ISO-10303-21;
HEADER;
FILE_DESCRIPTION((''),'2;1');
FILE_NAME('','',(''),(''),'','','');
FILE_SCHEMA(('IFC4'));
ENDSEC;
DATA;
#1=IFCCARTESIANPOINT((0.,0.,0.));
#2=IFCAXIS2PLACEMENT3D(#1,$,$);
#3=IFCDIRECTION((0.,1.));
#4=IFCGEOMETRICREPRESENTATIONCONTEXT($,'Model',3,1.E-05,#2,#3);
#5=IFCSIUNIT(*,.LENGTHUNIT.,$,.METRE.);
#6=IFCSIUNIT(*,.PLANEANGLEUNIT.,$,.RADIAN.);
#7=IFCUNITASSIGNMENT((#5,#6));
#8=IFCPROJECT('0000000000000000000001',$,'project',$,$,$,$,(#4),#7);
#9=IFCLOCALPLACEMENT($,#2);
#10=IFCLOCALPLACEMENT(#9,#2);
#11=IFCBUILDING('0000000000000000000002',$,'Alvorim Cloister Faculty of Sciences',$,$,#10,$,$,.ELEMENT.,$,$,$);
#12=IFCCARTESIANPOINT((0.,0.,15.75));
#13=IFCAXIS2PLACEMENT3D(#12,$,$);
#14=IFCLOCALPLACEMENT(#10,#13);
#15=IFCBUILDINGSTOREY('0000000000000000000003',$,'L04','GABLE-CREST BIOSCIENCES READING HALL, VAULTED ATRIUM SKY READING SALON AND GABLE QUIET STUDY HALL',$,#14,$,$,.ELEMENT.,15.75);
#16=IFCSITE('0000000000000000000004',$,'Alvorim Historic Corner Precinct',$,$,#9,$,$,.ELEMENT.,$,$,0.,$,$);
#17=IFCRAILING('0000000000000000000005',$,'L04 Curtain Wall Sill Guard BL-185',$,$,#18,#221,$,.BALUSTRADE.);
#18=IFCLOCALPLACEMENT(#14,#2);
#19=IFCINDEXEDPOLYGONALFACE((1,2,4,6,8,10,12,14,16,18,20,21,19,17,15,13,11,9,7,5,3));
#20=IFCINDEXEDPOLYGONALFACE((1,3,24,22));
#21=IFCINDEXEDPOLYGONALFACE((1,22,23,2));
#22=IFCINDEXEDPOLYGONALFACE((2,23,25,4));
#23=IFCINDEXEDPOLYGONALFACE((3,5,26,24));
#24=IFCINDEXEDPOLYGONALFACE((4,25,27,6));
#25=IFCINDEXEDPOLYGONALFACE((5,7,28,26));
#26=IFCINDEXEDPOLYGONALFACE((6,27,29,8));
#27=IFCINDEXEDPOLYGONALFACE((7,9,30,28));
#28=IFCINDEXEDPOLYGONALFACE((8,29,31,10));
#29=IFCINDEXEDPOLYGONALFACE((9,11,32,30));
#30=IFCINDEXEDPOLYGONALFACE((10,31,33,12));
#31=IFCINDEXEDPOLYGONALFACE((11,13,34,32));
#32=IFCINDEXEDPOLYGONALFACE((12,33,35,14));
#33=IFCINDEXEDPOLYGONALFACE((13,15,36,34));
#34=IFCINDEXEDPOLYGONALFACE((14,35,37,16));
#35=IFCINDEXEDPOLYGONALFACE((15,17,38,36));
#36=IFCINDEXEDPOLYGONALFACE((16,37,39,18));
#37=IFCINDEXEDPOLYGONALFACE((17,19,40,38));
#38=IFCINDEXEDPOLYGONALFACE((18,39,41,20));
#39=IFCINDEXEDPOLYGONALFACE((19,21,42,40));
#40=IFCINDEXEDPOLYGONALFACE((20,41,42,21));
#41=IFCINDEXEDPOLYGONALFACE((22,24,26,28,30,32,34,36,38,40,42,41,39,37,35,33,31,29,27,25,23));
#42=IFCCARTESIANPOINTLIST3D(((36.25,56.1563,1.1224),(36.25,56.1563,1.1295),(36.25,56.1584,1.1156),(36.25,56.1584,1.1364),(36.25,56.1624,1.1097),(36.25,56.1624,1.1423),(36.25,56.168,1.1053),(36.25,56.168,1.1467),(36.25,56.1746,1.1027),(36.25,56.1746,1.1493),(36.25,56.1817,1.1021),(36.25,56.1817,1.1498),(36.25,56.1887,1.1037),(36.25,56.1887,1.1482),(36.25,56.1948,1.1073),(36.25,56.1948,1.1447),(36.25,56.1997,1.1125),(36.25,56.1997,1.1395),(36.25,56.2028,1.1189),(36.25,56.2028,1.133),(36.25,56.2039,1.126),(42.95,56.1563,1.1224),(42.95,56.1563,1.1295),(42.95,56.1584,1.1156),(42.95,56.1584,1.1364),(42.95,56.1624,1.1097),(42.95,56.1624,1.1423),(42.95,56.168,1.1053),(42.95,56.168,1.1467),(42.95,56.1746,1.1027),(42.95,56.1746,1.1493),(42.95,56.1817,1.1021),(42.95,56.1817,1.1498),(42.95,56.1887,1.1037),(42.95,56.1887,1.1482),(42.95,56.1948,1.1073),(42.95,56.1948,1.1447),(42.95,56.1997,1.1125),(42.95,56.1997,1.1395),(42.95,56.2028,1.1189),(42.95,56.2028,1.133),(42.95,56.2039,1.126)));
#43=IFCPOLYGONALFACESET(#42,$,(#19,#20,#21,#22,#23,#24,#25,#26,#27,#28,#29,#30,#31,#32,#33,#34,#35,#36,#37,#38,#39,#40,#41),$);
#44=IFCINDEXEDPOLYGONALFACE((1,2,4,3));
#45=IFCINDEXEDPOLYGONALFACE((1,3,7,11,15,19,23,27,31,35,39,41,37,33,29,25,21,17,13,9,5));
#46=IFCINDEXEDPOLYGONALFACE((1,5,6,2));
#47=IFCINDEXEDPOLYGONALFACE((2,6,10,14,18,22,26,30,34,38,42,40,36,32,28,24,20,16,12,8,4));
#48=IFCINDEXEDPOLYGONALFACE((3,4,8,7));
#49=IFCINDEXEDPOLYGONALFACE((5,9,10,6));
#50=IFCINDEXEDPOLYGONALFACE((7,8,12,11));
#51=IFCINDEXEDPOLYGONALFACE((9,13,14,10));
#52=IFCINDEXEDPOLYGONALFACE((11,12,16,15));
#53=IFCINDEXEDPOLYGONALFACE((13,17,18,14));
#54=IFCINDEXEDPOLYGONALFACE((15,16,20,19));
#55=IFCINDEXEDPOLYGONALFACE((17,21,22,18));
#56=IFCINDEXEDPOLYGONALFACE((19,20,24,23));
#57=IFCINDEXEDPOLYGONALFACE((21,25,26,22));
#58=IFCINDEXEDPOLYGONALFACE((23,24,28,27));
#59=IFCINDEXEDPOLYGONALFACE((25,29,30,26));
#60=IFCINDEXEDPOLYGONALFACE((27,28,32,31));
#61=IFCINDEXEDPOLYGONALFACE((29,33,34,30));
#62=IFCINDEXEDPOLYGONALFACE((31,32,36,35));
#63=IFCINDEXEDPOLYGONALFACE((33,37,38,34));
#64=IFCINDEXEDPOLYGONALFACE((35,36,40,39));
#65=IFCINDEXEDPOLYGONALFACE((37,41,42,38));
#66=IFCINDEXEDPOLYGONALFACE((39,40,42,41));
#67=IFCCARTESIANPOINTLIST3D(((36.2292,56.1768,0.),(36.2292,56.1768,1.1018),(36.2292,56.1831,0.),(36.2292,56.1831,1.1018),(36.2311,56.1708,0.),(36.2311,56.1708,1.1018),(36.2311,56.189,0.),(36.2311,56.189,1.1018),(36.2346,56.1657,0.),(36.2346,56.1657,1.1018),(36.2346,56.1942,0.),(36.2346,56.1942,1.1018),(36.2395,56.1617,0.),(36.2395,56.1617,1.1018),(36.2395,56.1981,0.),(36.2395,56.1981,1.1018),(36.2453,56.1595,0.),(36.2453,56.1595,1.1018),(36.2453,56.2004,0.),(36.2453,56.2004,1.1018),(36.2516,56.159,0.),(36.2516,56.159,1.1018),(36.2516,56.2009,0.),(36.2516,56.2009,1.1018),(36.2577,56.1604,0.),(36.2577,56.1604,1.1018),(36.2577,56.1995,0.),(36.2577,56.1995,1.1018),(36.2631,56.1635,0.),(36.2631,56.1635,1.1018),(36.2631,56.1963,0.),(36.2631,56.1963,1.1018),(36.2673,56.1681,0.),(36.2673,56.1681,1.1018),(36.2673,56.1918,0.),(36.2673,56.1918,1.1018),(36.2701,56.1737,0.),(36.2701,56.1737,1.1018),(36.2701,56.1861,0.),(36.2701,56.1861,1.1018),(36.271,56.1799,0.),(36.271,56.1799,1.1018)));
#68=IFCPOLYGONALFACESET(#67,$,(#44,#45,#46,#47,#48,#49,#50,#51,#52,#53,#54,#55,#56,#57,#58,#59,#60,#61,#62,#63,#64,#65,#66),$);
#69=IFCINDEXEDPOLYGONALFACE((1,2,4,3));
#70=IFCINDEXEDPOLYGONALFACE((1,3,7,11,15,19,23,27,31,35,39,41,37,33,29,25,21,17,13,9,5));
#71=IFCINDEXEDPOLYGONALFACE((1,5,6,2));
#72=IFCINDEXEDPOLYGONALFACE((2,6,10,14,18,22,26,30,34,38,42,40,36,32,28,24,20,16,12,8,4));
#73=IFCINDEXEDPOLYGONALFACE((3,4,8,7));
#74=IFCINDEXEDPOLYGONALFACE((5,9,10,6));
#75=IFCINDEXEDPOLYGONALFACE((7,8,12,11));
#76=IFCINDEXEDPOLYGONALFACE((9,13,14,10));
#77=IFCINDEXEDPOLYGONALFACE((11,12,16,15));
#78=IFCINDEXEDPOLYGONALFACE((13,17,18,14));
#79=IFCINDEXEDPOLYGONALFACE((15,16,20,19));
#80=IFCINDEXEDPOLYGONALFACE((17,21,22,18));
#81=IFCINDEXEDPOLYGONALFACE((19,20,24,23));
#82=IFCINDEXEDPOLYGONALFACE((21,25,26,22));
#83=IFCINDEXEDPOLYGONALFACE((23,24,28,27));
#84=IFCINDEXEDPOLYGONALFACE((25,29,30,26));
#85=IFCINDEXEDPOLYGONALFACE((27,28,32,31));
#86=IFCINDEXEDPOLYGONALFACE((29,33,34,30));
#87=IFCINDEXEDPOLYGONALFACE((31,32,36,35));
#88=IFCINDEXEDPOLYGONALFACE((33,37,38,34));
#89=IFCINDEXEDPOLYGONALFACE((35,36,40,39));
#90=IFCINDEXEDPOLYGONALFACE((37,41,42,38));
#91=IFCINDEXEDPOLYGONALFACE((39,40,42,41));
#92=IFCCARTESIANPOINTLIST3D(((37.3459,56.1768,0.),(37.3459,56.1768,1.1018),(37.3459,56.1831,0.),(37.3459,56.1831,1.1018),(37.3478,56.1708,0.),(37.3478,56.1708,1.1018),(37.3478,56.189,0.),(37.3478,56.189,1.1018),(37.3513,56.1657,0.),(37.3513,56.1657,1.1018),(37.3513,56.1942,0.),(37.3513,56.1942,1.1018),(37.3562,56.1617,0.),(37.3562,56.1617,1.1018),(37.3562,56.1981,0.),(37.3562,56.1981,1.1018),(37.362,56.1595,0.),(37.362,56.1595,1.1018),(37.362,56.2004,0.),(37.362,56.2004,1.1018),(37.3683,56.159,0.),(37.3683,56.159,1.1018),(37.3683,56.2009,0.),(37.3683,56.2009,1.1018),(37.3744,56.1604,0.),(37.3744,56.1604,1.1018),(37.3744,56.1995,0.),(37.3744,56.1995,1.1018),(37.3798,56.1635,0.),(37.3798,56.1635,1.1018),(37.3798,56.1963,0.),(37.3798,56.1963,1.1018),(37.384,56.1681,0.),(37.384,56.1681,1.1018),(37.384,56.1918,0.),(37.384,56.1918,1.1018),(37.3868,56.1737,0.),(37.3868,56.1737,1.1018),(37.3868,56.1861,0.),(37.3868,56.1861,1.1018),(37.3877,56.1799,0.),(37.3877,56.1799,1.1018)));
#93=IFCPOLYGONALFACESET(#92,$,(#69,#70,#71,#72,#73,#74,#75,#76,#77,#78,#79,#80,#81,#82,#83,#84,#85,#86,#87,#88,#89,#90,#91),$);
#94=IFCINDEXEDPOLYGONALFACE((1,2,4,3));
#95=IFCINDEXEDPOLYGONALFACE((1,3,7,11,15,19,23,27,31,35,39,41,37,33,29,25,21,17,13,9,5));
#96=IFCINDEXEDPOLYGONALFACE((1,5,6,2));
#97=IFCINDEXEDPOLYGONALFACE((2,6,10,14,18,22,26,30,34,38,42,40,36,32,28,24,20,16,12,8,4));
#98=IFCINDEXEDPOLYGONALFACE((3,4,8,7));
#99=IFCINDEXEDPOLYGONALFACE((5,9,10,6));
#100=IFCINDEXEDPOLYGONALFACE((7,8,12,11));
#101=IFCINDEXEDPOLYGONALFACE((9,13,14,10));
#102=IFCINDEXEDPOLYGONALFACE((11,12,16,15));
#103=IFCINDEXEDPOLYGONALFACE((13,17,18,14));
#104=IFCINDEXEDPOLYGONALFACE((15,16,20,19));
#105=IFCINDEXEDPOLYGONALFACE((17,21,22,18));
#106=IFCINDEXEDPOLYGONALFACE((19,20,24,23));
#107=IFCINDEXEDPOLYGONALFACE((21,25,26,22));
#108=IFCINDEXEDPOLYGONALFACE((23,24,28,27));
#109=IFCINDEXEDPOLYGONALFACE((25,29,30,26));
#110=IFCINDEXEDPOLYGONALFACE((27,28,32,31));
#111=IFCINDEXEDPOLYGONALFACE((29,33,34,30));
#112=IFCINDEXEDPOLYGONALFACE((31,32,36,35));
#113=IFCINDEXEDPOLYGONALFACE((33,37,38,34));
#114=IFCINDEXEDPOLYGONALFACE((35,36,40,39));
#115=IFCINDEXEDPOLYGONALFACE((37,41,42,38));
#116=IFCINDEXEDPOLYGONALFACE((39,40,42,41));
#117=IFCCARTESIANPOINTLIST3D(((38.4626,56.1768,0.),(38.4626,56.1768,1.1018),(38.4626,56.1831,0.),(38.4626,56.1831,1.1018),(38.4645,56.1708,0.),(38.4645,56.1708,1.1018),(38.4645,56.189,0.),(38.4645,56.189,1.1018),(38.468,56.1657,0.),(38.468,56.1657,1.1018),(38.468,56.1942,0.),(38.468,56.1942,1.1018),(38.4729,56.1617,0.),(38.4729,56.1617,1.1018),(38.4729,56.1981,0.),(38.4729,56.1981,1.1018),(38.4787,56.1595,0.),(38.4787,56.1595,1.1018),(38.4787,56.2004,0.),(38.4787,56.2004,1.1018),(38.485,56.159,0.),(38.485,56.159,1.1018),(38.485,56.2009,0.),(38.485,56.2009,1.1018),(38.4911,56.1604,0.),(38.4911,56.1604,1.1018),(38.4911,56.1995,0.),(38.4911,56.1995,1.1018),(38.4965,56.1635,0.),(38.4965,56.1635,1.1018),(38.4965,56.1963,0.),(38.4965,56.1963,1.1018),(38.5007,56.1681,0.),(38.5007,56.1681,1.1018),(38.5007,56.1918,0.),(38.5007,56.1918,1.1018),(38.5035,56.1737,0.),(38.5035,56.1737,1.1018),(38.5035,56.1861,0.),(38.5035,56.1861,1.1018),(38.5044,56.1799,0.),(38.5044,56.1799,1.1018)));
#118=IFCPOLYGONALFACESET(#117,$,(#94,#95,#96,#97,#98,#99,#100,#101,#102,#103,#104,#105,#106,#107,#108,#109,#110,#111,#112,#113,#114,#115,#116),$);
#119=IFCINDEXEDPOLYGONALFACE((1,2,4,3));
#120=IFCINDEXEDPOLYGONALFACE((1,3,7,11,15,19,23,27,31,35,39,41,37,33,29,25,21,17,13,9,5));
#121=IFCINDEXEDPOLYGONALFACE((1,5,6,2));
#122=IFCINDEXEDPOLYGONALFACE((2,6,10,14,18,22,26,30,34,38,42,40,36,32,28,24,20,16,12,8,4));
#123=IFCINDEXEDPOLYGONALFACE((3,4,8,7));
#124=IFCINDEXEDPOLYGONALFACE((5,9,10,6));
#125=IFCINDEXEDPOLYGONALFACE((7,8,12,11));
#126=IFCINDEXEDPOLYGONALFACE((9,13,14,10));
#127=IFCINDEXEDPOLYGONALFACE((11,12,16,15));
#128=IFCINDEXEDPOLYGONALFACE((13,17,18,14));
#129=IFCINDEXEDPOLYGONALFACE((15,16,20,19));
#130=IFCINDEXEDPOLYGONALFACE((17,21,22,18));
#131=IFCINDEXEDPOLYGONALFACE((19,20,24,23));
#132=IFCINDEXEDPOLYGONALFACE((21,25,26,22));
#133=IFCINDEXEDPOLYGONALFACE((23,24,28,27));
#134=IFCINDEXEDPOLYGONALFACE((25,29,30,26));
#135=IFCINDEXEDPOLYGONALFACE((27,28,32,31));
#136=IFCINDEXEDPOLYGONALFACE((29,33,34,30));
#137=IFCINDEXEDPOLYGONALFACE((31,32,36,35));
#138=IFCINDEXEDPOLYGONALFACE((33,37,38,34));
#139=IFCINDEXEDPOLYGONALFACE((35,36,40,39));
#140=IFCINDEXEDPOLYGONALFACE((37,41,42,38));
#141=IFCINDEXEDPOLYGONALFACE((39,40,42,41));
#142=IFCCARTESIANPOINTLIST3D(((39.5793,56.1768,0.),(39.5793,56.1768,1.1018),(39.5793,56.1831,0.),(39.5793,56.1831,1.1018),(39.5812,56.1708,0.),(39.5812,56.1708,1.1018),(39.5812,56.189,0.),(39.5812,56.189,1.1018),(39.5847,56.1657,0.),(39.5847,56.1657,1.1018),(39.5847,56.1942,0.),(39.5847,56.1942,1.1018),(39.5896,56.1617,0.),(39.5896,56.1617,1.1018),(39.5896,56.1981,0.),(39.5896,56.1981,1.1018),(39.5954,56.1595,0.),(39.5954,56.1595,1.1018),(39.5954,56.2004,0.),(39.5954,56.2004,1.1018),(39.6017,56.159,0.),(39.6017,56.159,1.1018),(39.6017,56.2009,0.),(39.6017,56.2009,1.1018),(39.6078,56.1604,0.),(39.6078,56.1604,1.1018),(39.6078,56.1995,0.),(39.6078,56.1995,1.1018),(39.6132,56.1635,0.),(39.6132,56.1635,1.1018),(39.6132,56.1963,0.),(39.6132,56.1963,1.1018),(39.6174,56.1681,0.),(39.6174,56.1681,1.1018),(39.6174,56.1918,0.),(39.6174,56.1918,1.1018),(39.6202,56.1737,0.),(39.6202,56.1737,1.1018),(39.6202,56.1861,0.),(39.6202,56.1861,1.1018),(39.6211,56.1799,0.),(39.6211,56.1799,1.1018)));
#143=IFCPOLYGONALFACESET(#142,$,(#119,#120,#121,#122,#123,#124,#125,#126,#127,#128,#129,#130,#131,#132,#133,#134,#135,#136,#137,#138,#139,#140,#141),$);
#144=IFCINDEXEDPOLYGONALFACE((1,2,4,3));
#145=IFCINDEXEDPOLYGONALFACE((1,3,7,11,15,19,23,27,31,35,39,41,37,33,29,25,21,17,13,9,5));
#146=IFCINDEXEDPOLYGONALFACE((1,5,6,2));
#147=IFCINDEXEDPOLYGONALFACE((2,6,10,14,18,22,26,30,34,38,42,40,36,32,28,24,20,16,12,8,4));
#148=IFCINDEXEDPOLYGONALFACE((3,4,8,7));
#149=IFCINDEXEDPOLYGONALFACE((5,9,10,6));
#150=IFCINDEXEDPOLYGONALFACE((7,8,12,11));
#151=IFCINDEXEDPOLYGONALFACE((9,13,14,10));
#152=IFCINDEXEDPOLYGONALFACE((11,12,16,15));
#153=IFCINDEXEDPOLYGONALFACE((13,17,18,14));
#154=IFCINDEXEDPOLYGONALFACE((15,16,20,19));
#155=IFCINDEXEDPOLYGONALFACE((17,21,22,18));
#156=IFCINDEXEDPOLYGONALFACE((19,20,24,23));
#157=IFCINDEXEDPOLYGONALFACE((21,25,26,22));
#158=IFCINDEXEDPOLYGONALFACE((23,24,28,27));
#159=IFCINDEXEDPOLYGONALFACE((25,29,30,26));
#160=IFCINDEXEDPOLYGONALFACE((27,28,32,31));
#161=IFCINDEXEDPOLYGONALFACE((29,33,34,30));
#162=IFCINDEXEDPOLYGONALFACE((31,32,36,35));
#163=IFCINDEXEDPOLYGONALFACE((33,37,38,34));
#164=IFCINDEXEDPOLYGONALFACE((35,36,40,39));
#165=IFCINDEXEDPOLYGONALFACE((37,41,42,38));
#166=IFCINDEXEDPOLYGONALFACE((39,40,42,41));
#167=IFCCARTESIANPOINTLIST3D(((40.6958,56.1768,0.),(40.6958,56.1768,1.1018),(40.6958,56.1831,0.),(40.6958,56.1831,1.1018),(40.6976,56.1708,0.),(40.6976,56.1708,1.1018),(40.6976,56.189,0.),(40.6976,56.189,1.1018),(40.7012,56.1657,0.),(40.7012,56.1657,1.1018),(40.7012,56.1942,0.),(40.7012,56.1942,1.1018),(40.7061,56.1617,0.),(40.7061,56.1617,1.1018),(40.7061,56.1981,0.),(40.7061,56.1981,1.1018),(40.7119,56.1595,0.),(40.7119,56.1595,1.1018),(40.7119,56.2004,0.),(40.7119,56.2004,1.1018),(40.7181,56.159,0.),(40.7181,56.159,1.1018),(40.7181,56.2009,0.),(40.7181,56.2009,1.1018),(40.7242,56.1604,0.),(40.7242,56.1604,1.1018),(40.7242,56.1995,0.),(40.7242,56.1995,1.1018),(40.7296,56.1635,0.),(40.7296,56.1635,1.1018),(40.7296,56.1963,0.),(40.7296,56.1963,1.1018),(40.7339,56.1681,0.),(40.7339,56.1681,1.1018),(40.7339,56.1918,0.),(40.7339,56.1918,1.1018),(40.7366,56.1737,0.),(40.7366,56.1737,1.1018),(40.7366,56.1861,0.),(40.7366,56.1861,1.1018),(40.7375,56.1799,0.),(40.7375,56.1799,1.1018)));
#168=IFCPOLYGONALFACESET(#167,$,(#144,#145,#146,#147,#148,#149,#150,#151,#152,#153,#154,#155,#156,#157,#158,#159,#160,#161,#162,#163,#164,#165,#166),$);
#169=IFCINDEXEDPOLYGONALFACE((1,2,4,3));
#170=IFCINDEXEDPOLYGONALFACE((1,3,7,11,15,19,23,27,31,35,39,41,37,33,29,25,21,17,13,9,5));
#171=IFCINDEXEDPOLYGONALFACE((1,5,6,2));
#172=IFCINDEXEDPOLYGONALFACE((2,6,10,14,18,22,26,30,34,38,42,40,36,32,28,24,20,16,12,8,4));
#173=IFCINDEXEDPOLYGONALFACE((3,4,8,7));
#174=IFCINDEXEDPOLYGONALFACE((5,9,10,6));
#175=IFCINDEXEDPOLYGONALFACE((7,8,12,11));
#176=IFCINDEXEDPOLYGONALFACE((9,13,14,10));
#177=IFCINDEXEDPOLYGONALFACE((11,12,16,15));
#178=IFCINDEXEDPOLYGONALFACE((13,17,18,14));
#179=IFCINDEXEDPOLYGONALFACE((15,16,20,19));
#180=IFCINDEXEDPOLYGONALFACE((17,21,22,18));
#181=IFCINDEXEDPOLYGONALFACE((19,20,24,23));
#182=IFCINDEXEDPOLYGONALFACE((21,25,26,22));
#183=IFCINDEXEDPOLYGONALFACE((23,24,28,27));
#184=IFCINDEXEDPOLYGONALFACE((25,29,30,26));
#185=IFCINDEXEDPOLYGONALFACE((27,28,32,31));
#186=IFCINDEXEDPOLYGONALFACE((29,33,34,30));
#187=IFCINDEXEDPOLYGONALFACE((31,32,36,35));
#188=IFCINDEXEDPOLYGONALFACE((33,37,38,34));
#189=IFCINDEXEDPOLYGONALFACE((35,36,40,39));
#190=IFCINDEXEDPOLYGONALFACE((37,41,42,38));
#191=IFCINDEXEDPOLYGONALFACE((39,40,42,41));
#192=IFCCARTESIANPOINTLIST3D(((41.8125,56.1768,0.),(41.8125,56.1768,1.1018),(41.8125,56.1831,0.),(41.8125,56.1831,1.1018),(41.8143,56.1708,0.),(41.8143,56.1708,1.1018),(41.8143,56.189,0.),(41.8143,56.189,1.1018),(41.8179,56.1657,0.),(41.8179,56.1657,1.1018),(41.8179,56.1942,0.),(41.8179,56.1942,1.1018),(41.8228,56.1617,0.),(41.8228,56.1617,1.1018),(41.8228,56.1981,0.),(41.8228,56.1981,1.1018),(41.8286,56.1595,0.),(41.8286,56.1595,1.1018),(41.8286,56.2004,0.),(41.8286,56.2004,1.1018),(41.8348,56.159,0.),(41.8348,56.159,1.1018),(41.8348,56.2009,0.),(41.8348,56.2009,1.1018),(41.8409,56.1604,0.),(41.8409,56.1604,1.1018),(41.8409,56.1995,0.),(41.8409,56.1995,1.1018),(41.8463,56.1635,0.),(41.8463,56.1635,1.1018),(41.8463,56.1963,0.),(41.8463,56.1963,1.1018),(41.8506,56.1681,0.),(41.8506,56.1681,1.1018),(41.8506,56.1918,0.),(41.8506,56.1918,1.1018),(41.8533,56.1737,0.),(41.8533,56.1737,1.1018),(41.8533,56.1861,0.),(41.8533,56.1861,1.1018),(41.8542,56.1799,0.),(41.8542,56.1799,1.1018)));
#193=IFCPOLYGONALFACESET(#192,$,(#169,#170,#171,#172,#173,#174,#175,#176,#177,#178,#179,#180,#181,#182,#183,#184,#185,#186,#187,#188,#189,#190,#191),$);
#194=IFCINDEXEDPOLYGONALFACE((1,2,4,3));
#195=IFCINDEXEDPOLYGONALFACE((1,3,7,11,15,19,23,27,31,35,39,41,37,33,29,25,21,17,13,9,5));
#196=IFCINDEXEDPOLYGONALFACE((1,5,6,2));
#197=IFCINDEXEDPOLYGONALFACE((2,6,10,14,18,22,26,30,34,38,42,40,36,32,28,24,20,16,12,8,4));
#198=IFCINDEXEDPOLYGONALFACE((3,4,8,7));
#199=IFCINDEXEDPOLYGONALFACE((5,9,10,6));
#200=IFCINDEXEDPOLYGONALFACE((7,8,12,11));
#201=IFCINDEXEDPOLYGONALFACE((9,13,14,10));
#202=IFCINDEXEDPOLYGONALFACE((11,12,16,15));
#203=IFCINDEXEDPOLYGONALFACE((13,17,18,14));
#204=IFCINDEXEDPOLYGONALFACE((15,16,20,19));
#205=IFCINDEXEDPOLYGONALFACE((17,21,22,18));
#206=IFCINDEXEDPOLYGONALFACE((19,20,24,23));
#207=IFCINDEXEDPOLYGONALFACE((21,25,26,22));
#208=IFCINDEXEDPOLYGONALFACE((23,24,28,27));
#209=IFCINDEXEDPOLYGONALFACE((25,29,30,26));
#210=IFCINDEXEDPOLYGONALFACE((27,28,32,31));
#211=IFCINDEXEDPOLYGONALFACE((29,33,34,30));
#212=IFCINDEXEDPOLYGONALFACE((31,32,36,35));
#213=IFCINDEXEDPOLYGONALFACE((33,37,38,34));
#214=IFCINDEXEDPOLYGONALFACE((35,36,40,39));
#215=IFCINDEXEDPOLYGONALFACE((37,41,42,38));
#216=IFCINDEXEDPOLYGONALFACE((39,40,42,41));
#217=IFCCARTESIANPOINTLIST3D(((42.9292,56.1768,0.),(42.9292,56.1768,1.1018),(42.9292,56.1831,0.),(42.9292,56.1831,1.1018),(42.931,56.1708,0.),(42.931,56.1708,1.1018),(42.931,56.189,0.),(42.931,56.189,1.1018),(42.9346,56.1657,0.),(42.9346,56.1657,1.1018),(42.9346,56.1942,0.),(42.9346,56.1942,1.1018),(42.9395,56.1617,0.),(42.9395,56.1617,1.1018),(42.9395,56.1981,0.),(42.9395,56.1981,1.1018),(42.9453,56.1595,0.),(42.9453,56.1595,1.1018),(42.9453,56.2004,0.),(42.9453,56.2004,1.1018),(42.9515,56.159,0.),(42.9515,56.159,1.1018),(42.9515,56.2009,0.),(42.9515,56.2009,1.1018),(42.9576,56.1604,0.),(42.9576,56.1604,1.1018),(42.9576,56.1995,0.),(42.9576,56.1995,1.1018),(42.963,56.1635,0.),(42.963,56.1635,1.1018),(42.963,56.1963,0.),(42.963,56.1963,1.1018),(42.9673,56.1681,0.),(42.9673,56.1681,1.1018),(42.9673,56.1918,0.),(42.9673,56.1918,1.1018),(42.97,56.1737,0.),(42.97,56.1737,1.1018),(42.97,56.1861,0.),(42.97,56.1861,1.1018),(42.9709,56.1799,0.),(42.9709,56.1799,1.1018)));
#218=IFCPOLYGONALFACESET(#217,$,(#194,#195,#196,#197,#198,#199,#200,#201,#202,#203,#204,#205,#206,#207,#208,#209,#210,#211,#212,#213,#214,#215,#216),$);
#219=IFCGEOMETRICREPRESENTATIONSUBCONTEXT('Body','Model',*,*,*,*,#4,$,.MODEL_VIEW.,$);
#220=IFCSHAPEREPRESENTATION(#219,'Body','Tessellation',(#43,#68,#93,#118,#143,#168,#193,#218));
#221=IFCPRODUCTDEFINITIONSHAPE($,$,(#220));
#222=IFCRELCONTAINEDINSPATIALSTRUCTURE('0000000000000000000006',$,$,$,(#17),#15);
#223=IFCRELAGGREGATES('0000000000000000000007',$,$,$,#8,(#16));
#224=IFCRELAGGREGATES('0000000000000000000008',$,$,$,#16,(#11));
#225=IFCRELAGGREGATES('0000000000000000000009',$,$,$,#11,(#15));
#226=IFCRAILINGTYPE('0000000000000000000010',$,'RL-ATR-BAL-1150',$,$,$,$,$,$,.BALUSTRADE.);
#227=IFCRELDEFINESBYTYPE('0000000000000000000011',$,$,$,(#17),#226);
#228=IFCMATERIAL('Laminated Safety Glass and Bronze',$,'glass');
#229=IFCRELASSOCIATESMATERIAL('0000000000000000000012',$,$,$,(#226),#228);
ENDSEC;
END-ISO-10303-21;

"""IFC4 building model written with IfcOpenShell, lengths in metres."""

from ifc_helpers import new_model, si_unit, direction, frame, origin, origin_2d, place, context, subcontext, project, spatial, circle, extrude, material, type_object, element, save


model = new_model("IFC4")

# Units and contexts
model_context = context("Model", 3, precision=1e-05, world=origin(), true_north=direction((0.0, 1.0)))
body_context = subcontext(model_context, "Body", "Model", "MODEL_VIEW")
ifc_project = project(units=[si_unit("LENGTHUNIT", "METRE"), si_unit("PLANEANGLEUNIT", "RADIAN")], contexts=[model_context])

# Site, building, storey
site_placement = place(None, origin())
site = spatial("IfcSite", under=ifc_project, at=site_placement, Name="Alvorim Historic Corner Precinct", CompositionType="ELEMENT", RefElevation=0.0)
building_placement = place(site_placement, origin())
building = spatial("IfcBuilding", under=site, at=building_placement, Name="Alvorim Cloister Faculty of Sciences", CompositionType="ELEMENT")
storey_placement = place(building_placement, frame((0.0, 0.0, 15.75)))
storey = spatial("IfcBuildingStorey", under=building, at=storey_placement, Name="L04", Description="GABLE-CREST BIOSCIENCES READING HALL, VAULTED ATRIUM SKY READING SALON AND GABLE QUIET STUDY HALL", CompositionType="ELEMENT", Elevation=15.75)

# Railing
ifc_material_1 = material(Name="Laminated Safety Glass and Bronze", Category="glass")
railing_type_1 = type_object("IfcRailingType", Name="RL-ATR-BAL-1150", PredefinedType="BALUSTRADE", material=ifc_material_1)
railing_1_placement = place(storey_placement, frame((36.25, 56.1799, 0.0)))
element("IfcRailing", 1, at=railing_1_placement, inside=storey, type_object=railing_type_1, Name="L04 Curtain Wall Sill Guard BL-185", PredefinedType="BALUSTRADE", context=body_context, shape_type="SweptSolid", body=[
    extrude(circle(Radius=0.0239, at=origin_2d()), frame((0.0, 0.0, 1.126), z_axis=(1.0, 0.0, 0.0), x_axis=(0.0, 1.0, 0.0)), (0.0, 0.0, 1.0), 6.7),
    extrude(circle(Radius=0.021, at=origin_2d()), origin(), (0.0, 0.0, 1.0), 1.1018),
    extrude(circle(Radius=0.021, at=origin_2d()), frame((1.1167, 0.0, 0.0)), (0.0, 0.0, 1.0), 1.1018),
    extrude(circle(Radius=0.021, at=origin_2d()), frame((2.2334, 0.0, 0.0)), (0.0, 0.0, 1.0), 1.1018),
    extrude(circle(Radius=0.021, at=origin_2d()), frame((3.3501, 0.0, 0.0)), (0.0, 0.0, 1.0), 1.1018),
    extrude(circle(Radius=0.021, at=origin_2d()), frame((4.4666, 0.0, 0.0)), (0.0, 0.0, 1.0), 1.1018),
    extrude(circle(Radius=0.021, at=origin_2d()), frame((5.5833, 0.0, 0.0)), (0.0, 0.0, 1.0), 1.1018),
    extrude(circle(Radius=0.021, at=origin_2d()), frame((6.7, 0.0, 0.0)), (0.0, 0.0, 1.0), 1.1018),
])

save(model, "model.ifc")
